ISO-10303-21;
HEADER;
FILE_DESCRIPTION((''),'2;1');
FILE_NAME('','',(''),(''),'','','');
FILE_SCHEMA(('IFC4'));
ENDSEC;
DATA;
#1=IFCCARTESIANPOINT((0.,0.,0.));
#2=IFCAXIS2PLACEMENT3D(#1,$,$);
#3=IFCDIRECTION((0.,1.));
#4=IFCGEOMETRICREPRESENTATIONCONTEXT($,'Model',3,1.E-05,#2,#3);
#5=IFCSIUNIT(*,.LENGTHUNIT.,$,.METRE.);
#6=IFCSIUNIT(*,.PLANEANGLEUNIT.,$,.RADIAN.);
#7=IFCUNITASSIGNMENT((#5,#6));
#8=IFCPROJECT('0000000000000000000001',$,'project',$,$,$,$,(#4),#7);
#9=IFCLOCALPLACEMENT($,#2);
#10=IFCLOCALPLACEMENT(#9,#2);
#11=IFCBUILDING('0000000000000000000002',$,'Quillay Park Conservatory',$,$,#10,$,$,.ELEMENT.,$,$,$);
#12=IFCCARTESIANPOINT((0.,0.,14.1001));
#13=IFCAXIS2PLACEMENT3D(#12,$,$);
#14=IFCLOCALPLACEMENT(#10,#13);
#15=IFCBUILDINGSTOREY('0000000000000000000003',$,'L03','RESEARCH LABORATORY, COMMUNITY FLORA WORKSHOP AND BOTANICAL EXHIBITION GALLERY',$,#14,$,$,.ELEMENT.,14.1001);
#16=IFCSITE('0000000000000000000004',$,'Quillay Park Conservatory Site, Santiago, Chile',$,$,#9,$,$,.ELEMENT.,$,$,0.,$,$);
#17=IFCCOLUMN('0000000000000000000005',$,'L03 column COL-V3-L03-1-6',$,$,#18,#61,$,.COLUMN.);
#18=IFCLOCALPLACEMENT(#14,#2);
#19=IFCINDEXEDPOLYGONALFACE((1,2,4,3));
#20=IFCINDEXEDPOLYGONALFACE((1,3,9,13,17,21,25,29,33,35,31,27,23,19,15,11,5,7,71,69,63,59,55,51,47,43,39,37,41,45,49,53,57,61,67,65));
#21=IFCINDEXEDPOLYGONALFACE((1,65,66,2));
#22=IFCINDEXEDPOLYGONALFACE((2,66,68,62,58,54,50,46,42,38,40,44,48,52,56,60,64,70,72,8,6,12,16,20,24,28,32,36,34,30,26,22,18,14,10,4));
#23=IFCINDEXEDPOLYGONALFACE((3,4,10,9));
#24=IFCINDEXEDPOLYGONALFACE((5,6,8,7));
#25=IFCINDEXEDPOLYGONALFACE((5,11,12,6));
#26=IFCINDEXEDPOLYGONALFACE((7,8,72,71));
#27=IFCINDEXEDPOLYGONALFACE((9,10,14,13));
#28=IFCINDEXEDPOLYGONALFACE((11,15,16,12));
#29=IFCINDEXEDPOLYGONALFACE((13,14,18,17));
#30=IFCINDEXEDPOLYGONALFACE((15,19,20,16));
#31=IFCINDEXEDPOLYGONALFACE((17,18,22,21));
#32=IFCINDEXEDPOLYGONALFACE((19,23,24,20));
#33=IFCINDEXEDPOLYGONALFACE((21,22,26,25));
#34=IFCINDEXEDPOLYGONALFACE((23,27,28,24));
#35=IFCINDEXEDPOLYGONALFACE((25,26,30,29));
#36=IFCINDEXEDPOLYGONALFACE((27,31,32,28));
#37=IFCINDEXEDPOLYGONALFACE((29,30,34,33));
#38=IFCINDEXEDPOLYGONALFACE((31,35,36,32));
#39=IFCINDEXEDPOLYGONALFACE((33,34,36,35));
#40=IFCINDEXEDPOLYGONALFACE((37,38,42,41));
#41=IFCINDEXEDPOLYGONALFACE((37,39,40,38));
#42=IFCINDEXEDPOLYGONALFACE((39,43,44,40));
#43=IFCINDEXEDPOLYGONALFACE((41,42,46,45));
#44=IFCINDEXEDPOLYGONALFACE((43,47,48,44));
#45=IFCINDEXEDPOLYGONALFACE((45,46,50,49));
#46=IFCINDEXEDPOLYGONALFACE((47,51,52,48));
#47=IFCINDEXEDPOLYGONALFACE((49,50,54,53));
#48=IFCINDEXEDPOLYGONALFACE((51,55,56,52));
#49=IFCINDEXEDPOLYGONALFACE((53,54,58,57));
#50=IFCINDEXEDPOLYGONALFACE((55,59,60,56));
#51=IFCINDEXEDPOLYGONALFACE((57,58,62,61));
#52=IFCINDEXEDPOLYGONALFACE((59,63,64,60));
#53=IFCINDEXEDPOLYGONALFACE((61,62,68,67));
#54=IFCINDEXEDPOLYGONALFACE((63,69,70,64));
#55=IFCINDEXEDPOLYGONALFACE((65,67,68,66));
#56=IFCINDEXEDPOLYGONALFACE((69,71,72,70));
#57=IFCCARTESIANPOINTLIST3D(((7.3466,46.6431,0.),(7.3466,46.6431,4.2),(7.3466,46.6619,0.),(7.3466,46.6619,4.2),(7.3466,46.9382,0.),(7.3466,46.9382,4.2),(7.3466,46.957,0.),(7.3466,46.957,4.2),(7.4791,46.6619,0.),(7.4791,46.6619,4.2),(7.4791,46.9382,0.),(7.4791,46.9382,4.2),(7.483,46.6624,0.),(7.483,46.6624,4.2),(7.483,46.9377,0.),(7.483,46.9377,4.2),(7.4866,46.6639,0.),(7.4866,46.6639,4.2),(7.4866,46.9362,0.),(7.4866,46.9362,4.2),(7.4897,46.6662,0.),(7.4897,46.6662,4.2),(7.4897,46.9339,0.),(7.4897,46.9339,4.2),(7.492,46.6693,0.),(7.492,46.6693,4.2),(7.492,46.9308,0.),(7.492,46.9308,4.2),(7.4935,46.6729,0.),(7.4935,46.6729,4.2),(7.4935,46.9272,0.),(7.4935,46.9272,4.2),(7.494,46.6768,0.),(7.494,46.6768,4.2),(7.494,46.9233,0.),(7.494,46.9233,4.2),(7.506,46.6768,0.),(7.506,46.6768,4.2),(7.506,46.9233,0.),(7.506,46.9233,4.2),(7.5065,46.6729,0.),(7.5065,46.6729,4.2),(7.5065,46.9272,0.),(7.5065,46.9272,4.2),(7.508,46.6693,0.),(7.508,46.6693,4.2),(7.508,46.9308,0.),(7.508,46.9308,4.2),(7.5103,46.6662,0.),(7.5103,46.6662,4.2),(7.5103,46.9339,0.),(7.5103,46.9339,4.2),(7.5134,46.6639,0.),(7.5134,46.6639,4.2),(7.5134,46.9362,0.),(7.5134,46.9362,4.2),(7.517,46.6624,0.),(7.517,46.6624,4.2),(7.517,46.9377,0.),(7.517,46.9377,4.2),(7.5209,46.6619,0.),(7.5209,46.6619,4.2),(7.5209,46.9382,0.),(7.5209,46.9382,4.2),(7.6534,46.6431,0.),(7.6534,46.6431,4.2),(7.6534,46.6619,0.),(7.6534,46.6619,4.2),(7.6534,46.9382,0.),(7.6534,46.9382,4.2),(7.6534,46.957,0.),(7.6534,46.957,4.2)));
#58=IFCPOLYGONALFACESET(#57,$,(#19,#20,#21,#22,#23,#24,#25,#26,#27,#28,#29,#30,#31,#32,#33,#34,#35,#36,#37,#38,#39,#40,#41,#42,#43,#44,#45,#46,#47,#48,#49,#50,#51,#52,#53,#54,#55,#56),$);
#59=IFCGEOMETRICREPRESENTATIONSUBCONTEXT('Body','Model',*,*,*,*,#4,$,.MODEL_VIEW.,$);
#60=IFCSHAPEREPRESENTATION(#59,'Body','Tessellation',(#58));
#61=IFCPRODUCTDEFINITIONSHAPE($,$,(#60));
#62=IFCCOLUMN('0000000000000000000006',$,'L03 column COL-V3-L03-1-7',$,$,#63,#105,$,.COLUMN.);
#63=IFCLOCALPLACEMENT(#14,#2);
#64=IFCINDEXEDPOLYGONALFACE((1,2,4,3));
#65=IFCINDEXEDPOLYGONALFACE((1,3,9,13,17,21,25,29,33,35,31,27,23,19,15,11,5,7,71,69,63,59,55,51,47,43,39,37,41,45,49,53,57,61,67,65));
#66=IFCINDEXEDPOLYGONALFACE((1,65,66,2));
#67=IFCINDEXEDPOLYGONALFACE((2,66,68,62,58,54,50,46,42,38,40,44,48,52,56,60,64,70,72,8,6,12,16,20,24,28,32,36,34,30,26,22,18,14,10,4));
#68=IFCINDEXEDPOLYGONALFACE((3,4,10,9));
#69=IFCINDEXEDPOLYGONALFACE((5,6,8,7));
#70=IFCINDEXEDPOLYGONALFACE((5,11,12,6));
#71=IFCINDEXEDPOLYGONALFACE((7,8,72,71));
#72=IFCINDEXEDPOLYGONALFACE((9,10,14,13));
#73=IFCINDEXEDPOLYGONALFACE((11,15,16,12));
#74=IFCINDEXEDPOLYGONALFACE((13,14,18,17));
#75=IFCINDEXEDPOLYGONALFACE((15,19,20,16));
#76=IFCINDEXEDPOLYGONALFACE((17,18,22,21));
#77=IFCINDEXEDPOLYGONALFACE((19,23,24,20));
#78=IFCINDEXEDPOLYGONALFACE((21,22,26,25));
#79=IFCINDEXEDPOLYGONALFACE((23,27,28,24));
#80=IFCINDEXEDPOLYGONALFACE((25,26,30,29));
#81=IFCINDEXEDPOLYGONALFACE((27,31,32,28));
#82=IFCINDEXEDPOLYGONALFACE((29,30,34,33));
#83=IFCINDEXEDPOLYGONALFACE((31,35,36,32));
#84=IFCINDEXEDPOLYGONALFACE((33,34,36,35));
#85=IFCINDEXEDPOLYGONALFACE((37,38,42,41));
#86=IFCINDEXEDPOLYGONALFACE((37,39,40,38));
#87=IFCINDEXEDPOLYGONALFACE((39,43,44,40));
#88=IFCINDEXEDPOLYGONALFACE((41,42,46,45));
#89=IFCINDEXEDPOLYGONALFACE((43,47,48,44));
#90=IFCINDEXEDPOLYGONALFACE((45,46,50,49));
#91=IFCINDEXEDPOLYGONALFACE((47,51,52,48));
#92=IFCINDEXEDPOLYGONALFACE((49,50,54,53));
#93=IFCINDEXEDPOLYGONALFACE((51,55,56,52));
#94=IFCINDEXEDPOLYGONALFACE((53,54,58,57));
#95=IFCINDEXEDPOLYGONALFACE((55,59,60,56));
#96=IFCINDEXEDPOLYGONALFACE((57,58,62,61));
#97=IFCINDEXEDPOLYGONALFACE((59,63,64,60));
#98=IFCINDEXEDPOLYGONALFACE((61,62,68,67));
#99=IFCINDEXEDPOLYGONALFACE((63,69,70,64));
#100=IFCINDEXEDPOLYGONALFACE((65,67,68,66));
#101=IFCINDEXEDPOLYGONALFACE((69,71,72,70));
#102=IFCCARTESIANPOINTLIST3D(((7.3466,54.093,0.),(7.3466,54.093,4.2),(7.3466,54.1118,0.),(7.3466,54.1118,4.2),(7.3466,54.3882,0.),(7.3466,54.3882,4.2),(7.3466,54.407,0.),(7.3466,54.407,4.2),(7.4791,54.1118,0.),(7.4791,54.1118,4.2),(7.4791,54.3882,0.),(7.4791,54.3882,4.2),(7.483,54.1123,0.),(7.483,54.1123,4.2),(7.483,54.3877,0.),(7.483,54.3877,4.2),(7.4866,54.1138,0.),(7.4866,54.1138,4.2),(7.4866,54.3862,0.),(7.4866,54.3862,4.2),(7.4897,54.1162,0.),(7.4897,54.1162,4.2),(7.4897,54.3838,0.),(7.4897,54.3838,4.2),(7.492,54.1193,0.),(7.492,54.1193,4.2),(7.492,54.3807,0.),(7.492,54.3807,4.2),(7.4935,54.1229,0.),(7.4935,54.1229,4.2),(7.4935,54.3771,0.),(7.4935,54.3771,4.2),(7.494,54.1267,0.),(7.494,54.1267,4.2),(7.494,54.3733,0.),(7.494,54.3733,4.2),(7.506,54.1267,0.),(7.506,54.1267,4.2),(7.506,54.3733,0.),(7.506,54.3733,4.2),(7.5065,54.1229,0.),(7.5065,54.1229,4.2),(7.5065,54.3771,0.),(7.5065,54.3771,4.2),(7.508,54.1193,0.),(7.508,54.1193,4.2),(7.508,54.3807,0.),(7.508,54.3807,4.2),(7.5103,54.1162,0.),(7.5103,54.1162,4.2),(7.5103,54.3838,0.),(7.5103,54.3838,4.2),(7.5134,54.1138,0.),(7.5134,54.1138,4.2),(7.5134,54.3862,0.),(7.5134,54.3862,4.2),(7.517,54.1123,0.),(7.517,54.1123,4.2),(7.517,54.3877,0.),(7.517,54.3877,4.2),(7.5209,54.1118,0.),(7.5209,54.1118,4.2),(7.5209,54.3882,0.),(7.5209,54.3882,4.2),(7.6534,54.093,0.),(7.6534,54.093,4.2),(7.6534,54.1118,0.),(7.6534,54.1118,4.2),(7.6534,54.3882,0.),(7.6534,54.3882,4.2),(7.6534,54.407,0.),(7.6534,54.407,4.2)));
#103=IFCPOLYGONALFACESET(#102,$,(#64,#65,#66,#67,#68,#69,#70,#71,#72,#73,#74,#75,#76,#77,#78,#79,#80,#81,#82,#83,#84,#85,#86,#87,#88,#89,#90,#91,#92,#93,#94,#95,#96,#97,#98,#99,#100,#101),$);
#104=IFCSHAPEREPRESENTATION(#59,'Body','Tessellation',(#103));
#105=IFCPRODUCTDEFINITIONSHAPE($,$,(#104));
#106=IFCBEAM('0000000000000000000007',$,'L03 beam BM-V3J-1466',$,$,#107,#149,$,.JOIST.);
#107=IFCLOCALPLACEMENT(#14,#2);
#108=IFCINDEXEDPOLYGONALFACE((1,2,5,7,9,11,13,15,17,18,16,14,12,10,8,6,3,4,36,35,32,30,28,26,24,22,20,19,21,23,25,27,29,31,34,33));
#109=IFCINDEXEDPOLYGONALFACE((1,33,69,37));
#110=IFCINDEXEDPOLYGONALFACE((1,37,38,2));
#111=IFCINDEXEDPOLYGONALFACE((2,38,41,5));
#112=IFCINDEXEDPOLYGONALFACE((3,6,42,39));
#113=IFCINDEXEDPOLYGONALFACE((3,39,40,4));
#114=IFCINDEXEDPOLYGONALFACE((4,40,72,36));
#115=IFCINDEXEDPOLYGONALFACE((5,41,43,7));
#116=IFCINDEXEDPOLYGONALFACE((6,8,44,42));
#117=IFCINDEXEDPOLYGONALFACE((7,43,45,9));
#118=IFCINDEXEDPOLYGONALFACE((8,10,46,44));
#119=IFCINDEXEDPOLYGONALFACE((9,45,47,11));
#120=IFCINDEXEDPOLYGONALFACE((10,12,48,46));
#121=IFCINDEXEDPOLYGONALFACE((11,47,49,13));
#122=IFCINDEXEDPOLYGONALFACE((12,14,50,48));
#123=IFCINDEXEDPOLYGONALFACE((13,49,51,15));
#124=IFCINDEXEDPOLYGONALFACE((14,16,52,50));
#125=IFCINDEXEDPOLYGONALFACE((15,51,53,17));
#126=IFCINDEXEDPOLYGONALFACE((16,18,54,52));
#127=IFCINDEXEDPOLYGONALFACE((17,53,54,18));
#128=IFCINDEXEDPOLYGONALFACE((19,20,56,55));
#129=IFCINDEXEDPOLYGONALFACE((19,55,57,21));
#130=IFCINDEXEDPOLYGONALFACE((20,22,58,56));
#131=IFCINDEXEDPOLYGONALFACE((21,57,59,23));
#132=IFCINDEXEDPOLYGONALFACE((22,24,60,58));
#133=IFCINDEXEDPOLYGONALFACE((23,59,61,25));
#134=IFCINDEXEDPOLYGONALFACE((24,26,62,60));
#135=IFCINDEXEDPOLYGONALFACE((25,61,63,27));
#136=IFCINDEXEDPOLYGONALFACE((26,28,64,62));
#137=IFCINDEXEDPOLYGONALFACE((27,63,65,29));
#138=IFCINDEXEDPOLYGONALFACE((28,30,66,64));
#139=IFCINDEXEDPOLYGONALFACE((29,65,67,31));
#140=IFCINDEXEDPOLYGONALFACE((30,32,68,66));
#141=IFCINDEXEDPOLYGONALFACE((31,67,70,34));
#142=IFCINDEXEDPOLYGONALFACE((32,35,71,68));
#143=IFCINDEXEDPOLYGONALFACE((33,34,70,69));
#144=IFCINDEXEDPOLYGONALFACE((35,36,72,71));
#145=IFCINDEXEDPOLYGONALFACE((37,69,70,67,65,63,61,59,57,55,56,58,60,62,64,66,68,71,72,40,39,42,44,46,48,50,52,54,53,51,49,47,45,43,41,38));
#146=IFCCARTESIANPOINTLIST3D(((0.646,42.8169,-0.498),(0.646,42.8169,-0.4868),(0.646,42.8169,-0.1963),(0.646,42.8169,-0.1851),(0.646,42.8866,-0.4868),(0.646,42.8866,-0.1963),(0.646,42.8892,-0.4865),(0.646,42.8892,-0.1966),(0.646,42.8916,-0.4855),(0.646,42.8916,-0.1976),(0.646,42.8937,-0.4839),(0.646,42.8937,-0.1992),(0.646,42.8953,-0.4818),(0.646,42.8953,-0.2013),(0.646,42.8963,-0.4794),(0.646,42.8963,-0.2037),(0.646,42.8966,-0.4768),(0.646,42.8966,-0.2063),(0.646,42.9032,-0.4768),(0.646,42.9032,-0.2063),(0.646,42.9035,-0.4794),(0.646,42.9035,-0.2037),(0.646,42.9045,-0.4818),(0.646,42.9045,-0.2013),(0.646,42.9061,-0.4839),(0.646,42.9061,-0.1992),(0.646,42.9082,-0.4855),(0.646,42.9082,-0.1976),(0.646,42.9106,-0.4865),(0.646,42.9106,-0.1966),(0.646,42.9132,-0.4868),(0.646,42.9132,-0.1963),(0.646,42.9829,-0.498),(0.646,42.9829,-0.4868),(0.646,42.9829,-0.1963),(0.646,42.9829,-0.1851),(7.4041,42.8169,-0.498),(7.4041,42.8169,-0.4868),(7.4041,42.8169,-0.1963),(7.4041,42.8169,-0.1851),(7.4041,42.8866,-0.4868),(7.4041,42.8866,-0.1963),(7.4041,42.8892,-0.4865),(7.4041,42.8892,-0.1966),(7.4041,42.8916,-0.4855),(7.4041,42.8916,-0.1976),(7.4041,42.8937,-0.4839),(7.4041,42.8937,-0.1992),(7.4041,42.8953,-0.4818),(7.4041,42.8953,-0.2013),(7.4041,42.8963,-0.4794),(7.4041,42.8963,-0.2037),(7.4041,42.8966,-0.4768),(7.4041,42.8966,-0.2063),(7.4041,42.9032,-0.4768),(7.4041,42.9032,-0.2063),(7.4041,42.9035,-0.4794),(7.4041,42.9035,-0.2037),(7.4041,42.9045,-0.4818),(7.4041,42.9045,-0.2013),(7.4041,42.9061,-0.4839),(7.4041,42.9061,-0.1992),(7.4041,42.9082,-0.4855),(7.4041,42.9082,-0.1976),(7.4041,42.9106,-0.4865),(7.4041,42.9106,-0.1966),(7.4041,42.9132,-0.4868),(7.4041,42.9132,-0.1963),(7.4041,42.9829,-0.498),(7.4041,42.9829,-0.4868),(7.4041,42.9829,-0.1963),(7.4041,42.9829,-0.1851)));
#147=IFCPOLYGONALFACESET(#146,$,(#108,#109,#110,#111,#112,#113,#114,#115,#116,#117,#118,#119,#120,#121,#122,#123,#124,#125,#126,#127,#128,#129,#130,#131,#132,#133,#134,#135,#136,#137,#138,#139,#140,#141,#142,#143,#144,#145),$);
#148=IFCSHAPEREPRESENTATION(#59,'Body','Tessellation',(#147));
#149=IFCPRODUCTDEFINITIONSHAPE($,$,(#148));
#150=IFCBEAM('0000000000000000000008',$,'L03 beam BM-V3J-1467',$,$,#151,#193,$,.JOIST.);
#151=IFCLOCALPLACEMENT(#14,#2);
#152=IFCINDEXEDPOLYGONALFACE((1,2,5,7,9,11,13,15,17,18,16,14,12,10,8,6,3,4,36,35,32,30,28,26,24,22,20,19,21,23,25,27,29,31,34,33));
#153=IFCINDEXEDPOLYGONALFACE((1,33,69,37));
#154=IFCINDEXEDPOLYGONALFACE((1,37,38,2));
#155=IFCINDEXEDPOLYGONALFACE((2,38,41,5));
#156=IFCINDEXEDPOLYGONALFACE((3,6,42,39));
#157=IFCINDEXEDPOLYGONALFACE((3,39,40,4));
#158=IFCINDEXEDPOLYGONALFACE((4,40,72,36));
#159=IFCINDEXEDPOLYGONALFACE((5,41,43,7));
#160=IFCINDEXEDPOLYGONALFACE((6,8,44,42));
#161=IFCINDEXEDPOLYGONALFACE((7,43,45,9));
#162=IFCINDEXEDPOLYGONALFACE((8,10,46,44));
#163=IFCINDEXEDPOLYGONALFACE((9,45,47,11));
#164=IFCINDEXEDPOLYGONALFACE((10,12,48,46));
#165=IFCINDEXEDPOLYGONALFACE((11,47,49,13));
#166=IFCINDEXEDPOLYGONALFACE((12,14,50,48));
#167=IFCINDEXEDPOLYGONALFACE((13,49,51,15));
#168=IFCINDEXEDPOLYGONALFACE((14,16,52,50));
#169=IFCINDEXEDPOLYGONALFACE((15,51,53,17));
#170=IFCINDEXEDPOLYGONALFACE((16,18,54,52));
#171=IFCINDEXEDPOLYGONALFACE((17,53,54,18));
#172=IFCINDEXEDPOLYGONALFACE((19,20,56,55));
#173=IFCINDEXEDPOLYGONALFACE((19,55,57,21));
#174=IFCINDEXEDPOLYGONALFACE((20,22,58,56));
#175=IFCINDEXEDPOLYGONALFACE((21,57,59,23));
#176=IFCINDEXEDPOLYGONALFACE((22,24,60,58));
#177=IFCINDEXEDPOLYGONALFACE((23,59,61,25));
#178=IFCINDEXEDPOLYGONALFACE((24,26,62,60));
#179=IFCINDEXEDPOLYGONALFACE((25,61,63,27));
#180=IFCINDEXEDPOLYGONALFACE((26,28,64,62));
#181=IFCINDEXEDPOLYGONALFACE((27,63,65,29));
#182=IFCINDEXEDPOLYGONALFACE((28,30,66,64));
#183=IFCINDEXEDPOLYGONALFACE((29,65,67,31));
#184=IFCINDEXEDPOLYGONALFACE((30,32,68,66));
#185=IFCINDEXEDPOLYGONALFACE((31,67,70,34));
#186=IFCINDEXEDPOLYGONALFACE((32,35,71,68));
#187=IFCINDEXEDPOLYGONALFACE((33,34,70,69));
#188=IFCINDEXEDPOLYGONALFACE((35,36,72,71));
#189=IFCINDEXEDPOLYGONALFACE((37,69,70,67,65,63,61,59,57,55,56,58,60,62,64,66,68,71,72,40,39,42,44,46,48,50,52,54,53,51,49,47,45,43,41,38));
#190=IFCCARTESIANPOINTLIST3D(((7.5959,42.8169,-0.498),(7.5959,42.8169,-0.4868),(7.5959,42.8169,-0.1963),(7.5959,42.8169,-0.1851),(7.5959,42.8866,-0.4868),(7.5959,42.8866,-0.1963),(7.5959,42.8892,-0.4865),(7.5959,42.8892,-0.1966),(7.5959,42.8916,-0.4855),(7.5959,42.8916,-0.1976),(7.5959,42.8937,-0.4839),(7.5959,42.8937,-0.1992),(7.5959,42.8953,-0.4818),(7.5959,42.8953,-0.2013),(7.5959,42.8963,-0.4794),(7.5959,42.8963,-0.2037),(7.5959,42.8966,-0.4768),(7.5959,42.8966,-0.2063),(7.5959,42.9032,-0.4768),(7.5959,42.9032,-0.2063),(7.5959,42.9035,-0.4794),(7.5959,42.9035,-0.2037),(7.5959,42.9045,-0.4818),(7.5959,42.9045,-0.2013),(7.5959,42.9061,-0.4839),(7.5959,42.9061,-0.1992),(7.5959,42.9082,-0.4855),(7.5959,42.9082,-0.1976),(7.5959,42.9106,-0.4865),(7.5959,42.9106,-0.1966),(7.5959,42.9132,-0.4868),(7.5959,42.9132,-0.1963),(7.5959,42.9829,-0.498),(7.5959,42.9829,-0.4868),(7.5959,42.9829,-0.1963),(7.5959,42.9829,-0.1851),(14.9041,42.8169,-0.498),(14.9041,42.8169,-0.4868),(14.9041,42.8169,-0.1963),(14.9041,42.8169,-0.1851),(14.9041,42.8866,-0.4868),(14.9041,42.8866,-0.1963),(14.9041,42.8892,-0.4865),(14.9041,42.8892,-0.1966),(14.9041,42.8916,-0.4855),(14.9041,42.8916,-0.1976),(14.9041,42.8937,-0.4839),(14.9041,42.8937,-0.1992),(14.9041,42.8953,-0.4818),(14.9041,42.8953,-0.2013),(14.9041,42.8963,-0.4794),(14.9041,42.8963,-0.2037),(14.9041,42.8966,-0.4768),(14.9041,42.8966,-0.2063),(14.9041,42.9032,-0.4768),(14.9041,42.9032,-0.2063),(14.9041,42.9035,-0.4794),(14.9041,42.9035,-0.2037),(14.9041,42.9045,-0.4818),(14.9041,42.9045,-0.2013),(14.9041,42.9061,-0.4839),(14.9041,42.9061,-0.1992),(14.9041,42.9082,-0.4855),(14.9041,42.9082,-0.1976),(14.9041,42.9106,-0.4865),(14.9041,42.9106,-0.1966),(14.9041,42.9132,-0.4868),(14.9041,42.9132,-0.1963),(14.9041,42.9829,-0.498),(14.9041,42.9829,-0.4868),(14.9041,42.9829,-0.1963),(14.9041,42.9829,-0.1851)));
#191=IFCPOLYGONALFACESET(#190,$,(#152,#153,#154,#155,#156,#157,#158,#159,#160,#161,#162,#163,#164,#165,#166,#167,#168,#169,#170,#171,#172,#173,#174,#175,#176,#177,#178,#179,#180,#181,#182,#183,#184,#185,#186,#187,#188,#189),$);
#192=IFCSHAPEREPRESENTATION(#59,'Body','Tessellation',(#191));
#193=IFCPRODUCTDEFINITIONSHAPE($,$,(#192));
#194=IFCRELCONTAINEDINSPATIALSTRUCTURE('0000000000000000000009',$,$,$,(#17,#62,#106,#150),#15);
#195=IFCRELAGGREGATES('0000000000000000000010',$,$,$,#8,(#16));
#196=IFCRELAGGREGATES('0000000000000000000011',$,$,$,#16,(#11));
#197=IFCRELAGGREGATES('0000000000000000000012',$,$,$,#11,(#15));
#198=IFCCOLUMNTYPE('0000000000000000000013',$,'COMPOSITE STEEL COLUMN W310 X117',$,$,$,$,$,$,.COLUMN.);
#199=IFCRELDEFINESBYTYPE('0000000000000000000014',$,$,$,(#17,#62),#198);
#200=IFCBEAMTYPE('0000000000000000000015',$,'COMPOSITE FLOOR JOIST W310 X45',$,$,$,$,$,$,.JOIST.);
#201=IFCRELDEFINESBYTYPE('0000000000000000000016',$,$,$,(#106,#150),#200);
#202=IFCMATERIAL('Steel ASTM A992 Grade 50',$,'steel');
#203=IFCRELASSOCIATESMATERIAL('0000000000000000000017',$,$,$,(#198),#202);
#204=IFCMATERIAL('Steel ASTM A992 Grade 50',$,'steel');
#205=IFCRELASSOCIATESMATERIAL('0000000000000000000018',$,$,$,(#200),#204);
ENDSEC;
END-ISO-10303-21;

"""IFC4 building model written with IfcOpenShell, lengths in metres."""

from ifc_helpers import new_model, si_unit, direction, frame, origin, origin_2d, place, context, subcontext, project, spatial, i_section, extrude, material, material_profile, profile_set, type_object, element, save


model = new_model("IFC4")

# Units and contexts
model_context = context("Model", 3, precision=1e-05, world=origin(), true_north=direction((0.0, 1.0)))
body_context = subcontext(model_context, "Body", "Model", "MODEL_VIEW")
ifc_project = project(units=[si_unit("LENGTHUNIT", "METRE"), si_unit("PLANEANGLEUNIT", "RADIAN")], contexts=[model_context])

# Site, building, storey
site_placement = place(None, origin())
site = spatial("IfcSite", under=ifc_project, at=site_placement, Name="Quillay Park Conservatory Site, Santiago, Chile", CompositionType="ELEMENT", RefElevation=0.0)
building_placement = place(site_placement, origin())
building = spatial("IfcBuilding", under=site, at=building_placement, Name="Quillay Park Conservatory", CompositionType="ELEMENT")
storey_placement = place(building_placement, frame((0.0, 0.0, 14.1001)))
storey = spatial("IfcBuildingStorey", under=building, at=storey_placement, Name="L03", Description="RESEARCH LABORATORY, COMMUNITY FLORA WORKSHOP AND BOTANICAL EXHIBITION GALLERY", CompositionType="ELEMENT", Elevation=14.1001)

# Columns
ifc_material_1 = material(Name="Steel ASTM A992 Grade 50", Category="steel")
ifc_material_profile_1 = material_profile(ifc_material_1, i_section(OverallWidth=0.3069, OverallDepth=0.314, WebThickness=0.012, FlangeThickness=0.0188, FilletRadius=0.0149, at=origin_2d()), Name="W310x117")
ifc_profile_set_1 = profile_set([ifc_material_profile_1], Name="Steel ASTM A992 Grade 50")
column_type = type_object("IfcColumnType", Name="COMPOSITE STEEL COLUMN W310 X117", PredefinedType="COLUMN", material=ifc_profile_set_1)
for number, where, z_axis, x_axis, name in (
    (1, (7.5, 46.8, 0.0), (0.0, 0.0, 1.0), (1.0, 0.0, 0.0), "L03 column COL-V3-L03-1-6"),
    (2, (7.5, 54.25, 0.0), (0.0, 0.0, 1.0), (1.0, 0.0, 0.0), "L03 column COL-V3-L03-1-7"),
):
    element("IfcColumn", number, at=place(storey_placement, frame(where, z_axis=z_axis, x_axis=x_axis)), inside=storey, type_object=column_type, Name=name, PredefinedType="COLUMN", context=body_context, shape_type="SweptSolid", body=[
        extrude(i_section(OverallWidth=0.3069, OverallDepth=0.314, WebThickness=0.012, FlangeThickness=0.0188, FilletRadius=0.0149, at=origin_2d()), origin(), (0.0, 0.0, 1.0), 4.2),
    ])

# Beams
ifc_material_2 = material(Name="Steel ASTM A992 Grade 50", Category="steel")
ifc_material_profile_2 = material_profile(ifc_material_2, i_section(OverallWidth=0.166, OverallDepth=0.313, WebThickness=0.0066, FlangeThickness=0.0112, FilletRadius=0.01, at=origin_2d()), Name="W310x45")
ifc_profile_set_2 = profile_set([ifc_material_profile_2], Name="Steel ASTM A992 Grade 50")
beam_type_1 = type_object("IfcBeamType", Name="COMPOSITE FLOOR JOIST W310 X45", PredefinedType="JOIST", material=ifc_profile_set_2)
beam_1_placement = place(storey_placement, frame((0.646, 42.8999, -0.3416), z_axis=(1.0, 0.0, 0.0), x_axis=(0.0, 1.0, 0.0)))
element("IfcBeam", 3, at=beam_1_placement, inside=storey, type_object=beam_type_1, Name="L03 beam BM-V3J-1466", PredefinedType="JOIST", context=body_context, shape_type="SweptSolid", body=[
    extrude(i_section(OverallWidth=0.166, OverallDepth=0.313, WebThickness=0.0066, FlangeThickness=0.0112, FilletRadius=0.01, at=origin_2d()), origin(), (0.0, 0.0, 1.0), 6.7581),
])
beam_2_placement = place(storey_placement, frame((7.5959, 42.8999, -0.3416), z_axis=(1.0, 0.0, 0.0), x_axis=(0.0, 1.0, 0.0)))
element("IfcBeam", 4, at=beam_2_placement, inside=storey, type_object=beam_type_1, Name="L03 beam BM-V3J-1467", PredefinedType="JOIST", context=body_context, shape_type="SweptSolid", body=[
    extrude(i_section(OverallWidth=0.166, OverallDepth=0.313, WebThickness=0.0066, FlangeThickness=0.0112, FilletRadius=0.01, at=origin_2d()), origin(), (0.0, 0.0, 1.0), 7.3081),
])

save(model, "model.ifc")
